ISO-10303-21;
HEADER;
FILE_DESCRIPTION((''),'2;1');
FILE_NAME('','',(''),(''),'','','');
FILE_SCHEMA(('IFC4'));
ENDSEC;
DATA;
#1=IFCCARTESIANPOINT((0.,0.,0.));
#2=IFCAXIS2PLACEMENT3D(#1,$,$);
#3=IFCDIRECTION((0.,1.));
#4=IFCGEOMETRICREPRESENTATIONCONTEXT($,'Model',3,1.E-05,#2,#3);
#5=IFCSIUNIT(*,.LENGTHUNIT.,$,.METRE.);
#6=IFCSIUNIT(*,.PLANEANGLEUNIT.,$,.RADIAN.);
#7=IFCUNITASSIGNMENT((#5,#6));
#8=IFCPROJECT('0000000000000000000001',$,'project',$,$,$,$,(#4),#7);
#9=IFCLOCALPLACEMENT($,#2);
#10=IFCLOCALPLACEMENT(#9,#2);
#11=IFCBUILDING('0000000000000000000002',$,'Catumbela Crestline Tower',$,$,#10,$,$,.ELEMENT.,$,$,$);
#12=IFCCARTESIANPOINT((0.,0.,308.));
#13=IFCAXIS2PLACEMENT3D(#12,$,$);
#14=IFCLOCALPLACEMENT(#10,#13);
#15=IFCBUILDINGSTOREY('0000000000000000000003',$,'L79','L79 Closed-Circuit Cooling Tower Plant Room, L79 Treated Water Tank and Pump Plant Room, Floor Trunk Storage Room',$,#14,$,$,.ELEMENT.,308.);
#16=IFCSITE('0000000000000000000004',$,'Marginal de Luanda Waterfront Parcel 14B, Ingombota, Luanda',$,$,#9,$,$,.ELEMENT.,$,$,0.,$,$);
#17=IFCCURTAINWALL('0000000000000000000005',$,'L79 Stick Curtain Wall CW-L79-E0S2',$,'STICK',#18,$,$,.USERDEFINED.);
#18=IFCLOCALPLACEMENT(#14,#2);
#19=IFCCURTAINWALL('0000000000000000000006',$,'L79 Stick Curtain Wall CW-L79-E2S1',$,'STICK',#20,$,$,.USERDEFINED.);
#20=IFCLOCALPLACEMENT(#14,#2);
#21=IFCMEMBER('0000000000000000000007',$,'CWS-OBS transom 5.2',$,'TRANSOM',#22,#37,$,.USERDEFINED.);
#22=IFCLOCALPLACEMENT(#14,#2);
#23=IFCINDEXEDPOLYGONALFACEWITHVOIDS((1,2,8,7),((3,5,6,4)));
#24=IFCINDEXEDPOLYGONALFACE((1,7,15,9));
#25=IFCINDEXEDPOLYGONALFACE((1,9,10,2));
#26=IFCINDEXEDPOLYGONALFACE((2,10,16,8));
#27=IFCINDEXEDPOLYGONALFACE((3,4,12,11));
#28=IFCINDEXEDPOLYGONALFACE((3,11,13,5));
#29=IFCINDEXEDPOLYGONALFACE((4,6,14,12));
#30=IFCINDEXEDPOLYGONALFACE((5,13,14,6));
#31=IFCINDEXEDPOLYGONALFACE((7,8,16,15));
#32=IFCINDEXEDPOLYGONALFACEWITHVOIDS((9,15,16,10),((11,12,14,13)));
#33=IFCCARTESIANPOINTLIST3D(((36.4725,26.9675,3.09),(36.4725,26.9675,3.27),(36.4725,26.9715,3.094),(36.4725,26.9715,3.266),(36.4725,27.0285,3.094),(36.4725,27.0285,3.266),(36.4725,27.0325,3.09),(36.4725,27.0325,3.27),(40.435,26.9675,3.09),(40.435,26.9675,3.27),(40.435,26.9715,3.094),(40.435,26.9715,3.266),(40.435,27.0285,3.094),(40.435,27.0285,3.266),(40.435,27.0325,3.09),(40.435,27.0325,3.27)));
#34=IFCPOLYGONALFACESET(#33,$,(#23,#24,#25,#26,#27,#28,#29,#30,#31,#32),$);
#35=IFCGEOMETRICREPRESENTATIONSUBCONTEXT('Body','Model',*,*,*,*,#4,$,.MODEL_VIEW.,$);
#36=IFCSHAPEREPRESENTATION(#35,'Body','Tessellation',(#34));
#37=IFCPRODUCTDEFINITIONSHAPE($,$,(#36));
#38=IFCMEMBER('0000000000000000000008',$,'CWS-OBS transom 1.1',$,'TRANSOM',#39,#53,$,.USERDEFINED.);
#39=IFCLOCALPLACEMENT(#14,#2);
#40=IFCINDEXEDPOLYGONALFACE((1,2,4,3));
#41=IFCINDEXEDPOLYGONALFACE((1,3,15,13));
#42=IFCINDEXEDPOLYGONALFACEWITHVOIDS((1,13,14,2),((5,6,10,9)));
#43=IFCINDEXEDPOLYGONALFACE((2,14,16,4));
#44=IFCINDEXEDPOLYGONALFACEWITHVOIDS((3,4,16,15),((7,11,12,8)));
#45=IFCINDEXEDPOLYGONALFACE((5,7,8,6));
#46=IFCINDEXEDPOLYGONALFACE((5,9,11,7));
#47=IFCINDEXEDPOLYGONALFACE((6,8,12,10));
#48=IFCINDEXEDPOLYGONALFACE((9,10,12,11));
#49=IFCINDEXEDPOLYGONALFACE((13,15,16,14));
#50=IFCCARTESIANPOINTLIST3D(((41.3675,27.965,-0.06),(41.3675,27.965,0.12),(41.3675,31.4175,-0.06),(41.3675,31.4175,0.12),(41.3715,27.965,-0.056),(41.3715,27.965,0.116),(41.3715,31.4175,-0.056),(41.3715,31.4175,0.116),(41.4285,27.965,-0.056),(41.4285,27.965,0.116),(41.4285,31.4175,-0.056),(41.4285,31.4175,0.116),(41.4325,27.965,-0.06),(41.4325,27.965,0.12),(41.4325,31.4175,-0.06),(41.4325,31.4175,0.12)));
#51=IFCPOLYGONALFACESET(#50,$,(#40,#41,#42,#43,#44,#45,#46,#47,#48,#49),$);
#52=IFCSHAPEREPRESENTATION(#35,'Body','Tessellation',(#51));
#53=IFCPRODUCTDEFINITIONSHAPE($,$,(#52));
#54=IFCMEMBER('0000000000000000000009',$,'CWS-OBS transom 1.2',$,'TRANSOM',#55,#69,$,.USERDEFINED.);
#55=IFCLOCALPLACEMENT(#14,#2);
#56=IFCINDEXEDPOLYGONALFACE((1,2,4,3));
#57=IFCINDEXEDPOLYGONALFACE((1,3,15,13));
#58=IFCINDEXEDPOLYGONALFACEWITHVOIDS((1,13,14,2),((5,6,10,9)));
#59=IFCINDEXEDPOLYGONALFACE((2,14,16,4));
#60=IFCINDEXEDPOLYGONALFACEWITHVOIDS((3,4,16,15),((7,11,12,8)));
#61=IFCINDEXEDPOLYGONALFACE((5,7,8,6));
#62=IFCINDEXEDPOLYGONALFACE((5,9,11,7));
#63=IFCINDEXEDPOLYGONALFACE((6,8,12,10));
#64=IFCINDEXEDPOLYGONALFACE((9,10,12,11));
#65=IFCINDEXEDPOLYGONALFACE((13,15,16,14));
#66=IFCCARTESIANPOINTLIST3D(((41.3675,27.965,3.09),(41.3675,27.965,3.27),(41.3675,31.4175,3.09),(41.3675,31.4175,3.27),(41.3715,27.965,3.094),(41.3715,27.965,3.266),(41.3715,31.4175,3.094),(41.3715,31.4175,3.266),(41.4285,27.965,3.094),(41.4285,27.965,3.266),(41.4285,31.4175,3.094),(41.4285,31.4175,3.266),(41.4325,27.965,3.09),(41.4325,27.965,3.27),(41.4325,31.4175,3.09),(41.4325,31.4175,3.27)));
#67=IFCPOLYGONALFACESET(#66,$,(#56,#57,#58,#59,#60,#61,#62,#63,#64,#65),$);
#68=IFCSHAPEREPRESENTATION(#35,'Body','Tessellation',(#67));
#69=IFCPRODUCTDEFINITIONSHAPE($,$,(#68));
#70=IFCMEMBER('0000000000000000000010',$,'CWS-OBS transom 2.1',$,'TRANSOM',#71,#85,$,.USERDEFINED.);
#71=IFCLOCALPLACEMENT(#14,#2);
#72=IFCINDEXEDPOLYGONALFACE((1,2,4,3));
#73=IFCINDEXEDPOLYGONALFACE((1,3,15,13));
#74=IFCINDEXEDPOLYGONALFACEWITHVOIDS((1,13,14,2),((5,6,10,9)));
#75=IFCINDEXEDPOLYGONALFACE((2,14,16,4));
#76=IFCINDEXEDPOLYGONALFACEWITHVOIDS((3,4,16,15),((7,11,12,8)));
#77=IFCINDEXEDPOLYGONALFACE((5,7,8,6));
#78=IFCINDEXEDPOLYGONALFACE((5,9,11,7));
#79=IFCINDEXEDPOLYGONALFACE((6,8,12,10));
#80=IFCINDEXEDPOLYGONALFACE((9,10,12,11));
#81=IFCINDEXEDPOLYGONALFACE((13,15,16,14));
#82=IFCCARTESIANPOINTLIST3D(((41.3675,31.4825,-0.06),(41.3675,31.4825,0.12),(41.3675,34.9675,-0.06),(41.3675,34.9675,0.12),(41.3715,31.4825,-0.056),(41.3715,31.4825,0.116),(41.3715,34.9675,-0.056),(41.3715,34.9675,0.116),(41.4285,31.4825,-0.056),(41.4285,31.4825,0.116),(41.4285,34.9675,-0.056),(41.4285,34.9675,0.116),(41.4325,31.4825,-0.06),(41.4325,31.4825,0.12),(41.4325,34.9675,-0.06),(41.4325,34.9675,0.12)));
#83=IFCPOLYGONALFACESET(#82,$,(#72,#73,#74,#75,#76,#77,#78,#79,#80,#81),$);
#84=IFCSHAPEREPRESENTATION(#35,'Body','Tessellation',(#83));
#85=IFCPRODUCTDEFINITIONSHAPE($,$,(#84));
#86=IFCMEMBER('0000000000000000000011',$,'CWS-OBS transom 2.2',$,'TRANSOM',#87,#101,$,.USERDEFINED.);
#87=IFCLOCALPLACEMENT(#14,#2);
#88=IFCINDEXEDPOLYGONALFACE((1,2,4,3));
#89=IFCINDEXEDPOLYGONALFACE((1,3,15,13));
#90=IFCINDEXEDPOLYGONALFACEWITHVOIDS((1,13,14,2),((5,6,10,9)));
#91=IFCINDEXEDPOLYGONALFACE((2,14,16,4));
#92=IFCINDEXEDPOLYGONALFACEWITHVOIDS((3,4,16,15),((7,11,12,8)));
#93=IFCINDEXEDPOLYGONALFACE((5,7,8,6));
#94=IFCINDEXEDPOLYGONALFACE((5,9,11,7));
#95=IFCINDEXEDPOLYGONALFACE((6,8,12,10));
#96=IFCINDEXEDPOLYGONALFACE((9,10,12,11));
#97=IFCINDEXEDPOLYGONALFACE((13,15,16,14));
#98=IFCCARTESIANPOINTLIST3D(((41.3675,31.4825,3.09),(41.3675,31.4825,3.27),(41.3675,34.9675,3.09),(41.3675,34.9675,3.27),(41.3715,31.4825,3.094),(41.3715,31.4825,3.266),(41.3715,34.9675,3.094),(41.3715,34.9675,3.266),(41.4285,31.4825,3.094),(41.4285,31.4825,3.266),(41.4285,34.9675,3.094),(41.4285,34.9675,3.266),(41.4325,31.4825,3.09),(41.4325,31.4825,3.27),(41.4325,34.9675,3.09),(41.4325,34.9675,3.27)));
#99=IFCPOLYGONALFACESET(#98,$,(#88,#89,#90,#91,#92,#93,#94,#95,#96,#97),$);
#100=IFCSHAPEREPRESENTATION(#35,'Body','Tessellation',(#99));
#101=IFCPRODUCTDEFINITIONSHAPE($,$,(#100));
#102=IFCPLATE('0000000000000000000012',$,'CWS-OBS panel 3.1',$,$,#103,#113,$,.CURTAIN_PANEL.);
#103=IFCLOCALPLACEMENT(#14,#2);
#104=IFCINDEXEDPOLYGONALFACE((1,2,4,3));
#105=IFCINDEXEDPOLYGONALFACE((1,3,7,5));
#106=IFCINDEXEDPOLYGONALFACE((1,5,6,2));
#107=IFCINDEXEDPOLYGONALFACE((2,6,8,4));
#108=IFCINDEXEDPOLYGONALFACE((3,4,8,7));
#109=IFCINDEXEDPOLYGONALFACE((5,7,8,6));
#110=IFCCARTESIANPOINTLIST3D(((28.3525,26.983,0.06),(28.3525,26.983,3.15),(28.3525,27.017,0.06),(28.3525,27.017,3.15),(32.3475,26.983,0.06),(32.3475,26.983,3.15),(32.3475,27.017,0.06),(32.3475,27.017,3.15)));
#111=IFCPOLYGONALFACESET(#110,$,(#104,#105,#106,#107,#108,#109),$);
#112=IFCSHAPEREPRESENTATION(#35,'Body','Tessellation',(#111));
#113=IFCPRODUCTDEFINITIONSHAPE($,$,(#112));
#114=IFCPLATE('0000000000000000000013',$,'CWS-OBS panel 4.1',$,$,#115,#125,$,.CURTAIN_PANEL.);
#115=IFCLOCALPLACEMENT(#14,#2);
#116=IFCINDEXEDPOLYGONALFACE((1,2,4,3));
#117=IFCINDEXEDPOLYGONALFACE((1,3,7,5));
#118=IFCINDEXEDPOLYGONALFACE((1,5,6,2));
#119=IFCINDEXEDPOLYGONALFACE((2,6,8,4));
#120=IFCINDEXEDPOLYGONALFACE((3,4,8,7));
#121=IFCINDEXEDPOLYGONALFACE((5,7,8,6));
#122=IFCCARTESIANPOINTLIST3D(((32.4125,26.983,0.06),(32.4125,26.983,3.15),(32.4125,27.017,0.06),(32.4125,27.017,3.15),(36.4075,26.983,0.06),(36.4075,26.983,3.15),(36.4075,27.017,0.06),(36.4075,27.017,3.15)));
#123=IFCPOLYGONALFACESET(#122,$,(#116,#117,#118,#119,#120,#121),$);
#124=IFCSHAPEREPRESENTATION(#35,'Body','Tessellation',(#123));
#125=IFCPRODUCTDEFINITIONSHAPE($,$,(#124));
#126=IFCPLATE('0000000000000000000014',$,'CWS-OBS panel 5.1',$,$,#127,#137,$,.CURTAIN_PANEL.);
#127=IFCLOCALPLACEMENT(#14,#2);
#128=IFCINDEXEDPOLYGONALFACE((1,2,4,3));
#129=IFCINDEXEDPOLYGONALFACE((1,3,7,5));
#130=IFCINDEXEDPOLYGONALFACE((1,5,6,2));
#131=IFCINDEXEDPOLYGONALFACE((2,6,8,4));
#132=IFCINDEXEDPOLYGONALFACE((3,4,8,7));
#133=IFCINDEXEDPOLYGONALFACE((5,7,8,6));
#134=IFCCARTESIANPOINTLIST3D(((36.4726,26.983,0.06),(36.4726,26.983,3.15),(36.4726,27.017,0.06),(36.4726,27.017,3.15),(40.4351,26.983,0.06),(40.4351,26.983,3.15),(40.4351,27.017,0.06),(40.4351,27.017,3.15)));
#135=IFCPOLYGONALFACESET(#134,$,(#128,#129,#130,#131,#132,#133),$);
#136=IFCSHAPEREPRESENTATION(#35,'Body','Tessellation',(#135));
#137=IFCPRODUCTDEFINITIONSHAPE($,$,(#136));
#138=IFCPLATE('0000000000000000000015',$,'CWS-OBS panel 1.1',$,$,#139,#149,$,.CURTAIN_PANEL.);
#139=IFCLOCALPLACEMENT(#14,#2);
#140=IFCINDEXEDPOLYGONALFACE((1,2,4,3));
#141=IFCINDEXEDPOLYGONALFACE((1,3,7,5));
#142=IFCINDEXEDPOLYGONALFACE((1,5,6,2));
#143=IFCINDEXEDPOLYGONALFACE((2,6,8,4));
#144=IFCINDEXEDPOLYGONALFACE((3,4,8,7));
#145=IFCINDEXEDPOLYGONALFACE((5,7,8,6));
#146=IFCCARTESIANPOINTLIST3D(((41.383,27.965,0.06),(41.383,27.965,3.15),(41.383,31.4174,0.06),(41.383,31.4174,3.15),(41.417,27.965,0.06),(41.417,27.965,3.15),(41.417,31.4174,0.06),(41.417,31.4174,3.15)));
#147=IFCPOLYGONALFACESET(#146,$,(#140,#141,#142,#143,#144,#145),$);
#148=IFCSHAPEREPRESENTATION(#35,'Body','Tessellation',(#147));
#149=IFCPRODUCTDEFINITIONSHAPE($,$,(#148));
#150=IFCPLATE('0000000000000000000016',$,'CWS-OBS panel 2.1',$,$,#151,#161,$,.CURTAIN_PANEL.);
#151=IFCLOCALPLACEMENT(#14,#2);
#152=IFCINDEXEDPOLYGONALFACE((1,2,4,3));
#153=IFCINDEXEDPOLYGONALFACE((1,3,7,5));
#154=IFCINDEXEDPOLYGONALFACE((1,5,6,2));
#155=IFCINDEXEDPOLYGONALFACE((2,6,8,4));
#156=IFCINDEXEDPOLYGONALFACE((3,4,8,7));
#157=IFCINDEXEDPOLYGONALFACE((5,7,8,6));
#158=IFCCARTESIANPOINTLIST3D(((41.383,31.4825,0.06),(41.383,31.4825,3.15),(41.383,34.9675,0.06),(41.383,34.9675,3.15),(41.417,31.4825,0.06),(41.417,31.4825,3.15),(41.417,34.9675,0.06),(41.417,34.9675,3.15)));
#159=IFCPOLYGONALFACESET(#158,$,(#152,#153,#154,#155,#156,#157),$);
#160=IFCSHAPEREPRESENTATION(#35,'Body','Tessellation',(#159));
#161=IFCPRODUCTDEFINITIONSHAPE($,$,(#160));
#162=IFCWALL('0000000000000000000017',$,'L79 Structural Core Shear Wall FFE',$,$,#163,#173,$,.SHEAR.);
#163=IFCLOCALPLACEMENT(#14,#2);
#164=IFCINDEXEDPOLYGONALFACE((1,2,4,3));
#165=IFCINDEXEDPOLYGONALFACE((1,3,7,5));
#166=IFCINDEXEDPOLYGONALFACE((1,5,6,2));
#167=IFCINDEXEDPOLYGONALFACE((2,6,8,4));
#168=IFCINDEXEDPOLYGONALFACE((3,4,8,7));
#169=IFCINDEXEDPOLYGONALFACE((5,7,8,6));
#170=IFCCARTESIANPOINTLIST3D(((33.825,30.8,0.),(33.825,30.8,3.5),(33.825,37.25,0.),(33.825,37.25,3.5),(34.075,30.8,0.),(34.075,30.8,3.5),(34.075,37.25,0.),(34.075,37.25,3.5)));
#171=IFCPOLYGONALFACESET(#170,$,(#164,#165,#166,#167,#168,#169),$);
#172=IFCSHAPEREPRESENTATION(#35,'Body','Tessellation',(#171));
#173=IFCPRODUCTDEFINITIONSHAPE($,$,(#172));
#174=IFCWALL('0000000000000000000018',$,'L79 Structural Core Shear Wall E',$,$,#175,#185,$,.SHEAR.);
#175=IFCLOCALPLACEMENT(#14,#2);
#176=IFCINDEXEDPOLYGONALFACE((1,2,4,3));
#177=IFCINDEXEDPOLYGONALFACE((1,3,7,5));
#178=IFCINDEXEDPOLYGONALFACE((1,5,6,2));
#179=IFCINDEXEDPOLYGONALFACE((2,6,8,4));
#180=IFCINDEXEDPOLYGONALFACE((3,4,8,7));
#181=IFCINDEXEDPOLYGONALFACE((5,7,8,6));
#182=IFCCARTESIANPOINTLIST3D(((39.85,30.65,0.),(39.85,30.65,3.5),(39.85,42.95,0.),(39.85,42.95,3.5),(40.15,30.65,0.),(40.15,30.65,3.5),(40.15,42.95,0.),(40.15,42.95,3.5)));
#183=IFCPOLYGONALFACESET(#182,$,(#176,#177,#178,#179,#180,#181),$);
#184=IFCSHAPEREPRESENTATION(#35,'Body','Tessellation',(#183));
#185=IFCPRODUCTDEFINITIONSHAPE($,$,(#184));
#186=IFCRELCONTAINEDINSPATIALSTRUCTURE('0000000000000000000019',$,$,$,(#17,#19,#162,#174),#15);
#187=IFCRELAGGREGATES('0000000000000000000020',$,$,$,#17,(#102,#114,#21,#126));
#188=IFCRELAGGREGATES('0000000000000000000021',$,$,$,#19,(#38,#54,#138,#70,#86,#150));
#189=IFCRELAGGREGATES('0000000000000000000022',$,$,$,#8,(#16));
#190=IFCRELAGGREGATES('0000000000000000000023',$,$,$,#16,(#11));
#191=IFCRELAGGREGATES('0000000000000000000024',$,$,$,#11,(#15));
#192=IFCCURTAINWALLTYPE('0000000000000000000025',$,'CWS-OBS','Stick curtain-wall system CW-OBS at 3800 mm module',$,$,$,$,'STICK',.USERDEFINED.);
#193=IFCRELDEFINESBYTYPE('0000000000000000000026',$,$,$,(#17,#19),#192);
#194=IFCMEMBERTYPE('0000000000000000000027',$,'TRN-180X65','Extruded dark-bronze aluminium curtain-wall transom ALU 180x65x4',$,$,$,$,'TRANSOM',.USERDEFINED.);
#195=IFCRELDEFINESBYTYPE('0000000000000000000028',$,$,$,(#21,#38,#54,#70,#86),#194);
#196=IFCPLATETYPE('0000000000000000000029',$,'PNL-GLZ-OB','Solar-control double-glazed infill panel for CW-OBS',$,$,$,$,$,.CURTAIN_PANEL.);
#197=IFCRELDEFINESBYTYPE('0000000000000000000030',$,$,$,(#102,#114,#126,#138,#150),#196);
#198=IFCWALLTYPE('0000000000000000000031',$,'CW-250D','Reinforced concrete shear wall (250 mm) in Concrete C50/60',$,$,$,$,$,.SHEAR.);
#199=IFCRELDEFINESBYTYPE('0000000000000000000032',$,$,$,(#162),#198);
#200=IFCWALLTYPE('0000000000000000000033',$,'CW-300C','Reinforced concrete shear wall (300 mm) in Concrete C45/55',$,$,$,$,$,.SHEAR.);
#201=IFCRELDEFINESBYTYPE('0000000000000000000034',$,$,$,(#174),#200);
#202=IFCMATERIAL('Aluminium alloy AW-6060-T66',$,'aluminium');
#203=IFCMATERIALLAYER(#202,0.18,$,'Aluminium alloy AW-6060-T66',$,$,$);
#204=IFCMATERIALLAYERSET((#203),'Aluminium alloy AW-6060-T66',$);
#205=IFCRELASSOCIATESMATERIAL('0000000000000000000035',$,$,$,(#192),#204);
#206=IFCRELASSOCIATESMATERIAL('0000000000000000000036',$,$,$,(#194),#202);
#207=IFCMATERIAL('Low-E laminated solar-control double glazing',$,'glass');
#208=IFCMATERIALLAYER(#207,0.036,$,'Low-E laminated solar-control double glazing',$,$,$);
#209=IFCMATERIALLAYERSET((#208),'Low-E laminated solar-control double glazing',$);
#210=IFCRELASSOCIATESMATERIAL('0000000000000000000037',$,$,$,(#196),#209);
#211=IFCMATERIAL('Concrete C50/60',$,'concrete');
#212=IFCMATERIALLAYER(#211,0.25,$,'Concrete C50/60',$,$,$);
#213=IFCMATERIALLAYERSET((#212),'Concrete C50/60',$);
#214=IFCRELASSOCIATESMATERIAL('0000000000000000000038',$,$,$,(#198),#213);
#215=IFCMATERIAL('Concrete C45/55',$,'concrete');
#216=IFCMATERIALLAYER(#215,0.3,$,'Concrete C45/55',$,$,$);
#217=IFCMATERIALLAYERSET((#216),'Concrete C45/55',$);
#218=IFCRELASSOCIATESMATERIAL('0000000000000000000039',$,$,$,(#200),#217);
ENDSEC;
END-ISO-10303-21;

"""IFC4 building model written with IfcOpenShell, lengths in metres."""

from ifc_helpers import new_model, si_unit, direction, frame, frame_2d, origin, origin_2d, place, context, subcontext, project, spatial, rectangle, hollow_rectangle, extrude, material, layer, layer_set, material_profile, profile_set, type_object, element, aggregate, save


model = new_model("IFC4")

# Units and contexts
model_context = context("Model", 3, precision=1e-05, world=origin(), true_north=direction((0.0, 1.0)))
body_context = subcontext(model_context, "Body", "Model", "MODEL_VIEW")
ifc_project = project(units=[si_unit("LENGTHUNIT", "METRE"), si_unit("PLANEANGLEUNIT", "RADIAN")], contexts=[model_context])

# Site, building, storey
site_placement = place(None, origin())
site = spatial("IfcSite", under=ifc_project, at=site_placement, Name="Marginal de Luanda Waterfront Parcel 14B, Ingombota, Luanda", CompositionType="ELEMENT", RefElevation=0.0)
building_placement = place(site_placement, origin())
building = spatial("IfcBuilding", under=site, at=building_placement, Name="Catumbela Crestline Tower", CompositionType="ELEMENT")
storey_placement = place(building_placement, frame((0.0, 0.0, 308.0)))
storey = spatial("IfcBuildingStorey", under=building, at=storey_placement, Name="L79", Description="L79 Closed-Circuit Cooling Tower Plant Room, L79 Treated Water Tank and Pump Plant Room, Floor Trunk Storage Room", CompositionType="ELEMENT", Elevation=308.0)

# Curtain walls
ifc_material_1 = material(Name="Aluminium alloy AW-6060-T66", Category="aluminium")
ifc_layer_1 = layer(ifc_material_1, 0.18, Name="Aluminium alloy AW-6060-T66")
ifc_layer_set_1 = layer_set([ifc_layer_1], Name="Aluminium alloy AW-6060-T66")
curtain_wall_type = type_object("IfcCurtainWallType", Name="CWS-OBS", Description="Stick curtain-wall system CW-OBS at 3800 mm module", ElementType="STICK", PredefinedType="USERDEFINED", material=ifc_layer_set_1)
curtain_wall_1_placement = place(storey_placement, origin())
curtain_wall_1 = element("IfcCurtainWall", 1, at=curtain_wall_1_placement, inside=storey, type_object=curtain_wall_type, Name="L79 Stick Curtain Wall CW-L79-E0S2", ObjectType="STICK", PredefinedType="USERDEFINED")
curtain_wall_2_placement = place(storey_placement, origin())
curtain_wall_2 = element("IfcCurtainWall", 2, at=curtain_wall_2_placement, inside=storey, type_object=curtain_wall_type, Name="L79 Stick Curtain Wall CW-L79-E2S1", ObjectType="STICK", PredefinedType="USERDEFINED")

# Members
ifc_material_profile_1 = material_profile(ifc_material_1, hollow_rectangle(XDim=0.065, YDim=0.18, WallThickness=0.004, at=origin_2d()), Name="ALU 180x65x4")
ifc_profile_set_1 = profile_set([ifc_material_profile_1], Name="Aluminium alloy AW-6060-T66")
member_type_1 = type_object("IfcMemberType", Name="TRN-180X65", Description="Extruded dark-bronze aluminium curtain-wall transom ALU 180x65x4", ElementType="TRANSOM", PredefinedType="USERDEFINED", material=ifc_profile_set_1)
member_1_placement = place(storey_placement, frame((36.4725, 27.0, 3.18), z_axis=(1.0, 0.0, 0.0), x_axis=(0.0, 1.0, 0.0)))
member_1 = element("IfcMember", 3, at=member_1_placement, type_object=member_type_1, Name="CWS-OBS transom 5.2", ObjectType="TRANSOM", PredefinedType="USERDEFINED", context=body_context, shape_type="SweptSolid", body=[
    extrude(hollow_rectangle(XDim=0.065, YDim=0.18, WallThickness=0.004, at=origin_2d()), origin(), (0.0, 0.0, 1.0), 3.9625),
])
member_2_placement = place(storey_placement, frame((41.4, 27.965, 0.03), z_axis=(0.0, 1.0, 0.0), x_axis=(-1.0, 0.0, 0.0)))
member_2 = element("IfcMember", 4, at=member_2_placement, type_object=member_type_1, Name="CWS-OBS transom 1.1", ObjectType="TRANSOM", PredefinedType="USERDEFINED", context=body_context, shape_type="SweptSolid", body=[
    extrude(hollow_rectangle(XDim=0.065, YDim=0.18, WallThickness=0.004, at=origin_2d()), origin(), (0.0, 0.0, 1.0), 3.4525),
])
member_3_placement = place(storey_placement, frame((41.4, 27.965, 3.18), z_axis=(0.0, 1.0, 0.0), x_axis=(-1.0, 0.0, 0.0)))
member_3 = element("IfcMember", 5, at=member_3_placement, type_object=member_type_1, Name="CWS-OBS transom 1.2", ObjectType="TRANSOM", PredefinedType="USERDEFINED", context=body_context, shape_type="SweptSolid", body=[
    extrude(hollow_rectangle(XDim=0.065, YDim=0.18, WallThickness=0.004, at=origin_2d()), origin(), (0.0, 0.0, 1.0), 3.4525),
])
member_4_placement = place(storey_placement, frame((41.4, 31.4825, 0.03), z_axis=(0.0, 1.0, 0.0), x_axis=(-1.0, 0.0, 0.0)))
member_4 = element("IfcMember", 6, at=member_4_placement, type_object=member_type_1, Name="CWS-OBS transom 2.1", ObjectType="TRANSOM", PredefinedType="USERDEFINED", context=body_context, shape_type="SweptSolid", body=[
    extrude(hollow_rectangle(XDim=0.065, YDim=0.18, WallThickness=0.004, at=origin_2d()), origin(), (0.0, 0.0, 1.0), 3.485),
])
member_5_placement = place(storey_placement, frame((41.4, 31.4825, 3.18), z_axis=(0.0, 1.0, 0.0), x_axis=(-1.0, 0.0, 0.0)))
member_5 = element("IfcMember", 7, at=member_5_placement, type_object=member_type_1, Name="CWS-OBS transom 2.2", ObjectType="TRANSOM", PredefinedType="USERDEFINED", context=body_context, shape_type="SweptSolid", body=[
    extrude(hollow_rectangle(XDim=0.065, YDim=0.18, WallThickness=0.004, at=origin_2d()), origin(), (0.0, 0.0, 1.0), 3.485),
])

# Plates
ifc_material_2 = material(Name="Low-E laminated solar-control double glazing", Category="glass")
ifc_layer_2 = layer(ifc_material_2, 0.036, Name="Low-E laminated solar-control double glazing")
ifc_layer_set_2 = layer_set([ifc_layer_2], Name="Low-E laminated solar-control double glazing")
plate_type = type_object("IfcPlateType", Name="PNL-GLZ-OB", Description="Solar-control double-glazed infill panel for CW-OBS", PredefinedType="CURTAIN_PANEL", material=ifc_layer_set_2)
plate_1_placement = place(storey_placement, frame((30.35, 27.0, 0.06), z_axis=(0.0, 0.0, 1.0), x_axis=(1.0, 0.0, 0.0)))
plate_1 = element("IfcPlate", 8, at=plate_1_placement, type_object=plate_type, Name="CWS-OBS panel 3.1", PredefinedType="CURTAIN_PANEL", context=body_context, shape_type="SweptSolid", body=[
    extrude(rectangle(XDim=3.995, YDim=0.034, at=origin_2d()), origin(), (0.0, 0.0, 1.0), 3.09),
])
plate_2_placement = place(storey_placement, frame((34.41, 27.0, 0.06), z_axis=(0.0, 0.0, 1.0), x_axis=(1.0, 0.0, 0.0)))
plate_2 = element("IfcPlate", 9, at=plate_2_placement, type_object=plate_type, Name="CWS-OBS panel 4.1", PredefinedType="CURTAIN_PANEL", context=body_context, shape_type="SweptSolid", body=[
    extrude(rectangle(XDim=3.995, YDim=0.034, at=origin_2d()), origin(), (0.0, 0.0, 1.0), 3.09),
])
plate_3_placement = place(storey_placement, frame((38.4538, 27.0, 0.06), z_axis=(0.0, 0.0, 1.0), x_axis=(1.0, 0.0, 0.0)))
plate_3 = element("IfcPlate", 10, at=plate_3_placement, type_object=plate_type, Name="CWS-OBS panel 5.1", PredefinedType="CURTAIN_PANEL", context=body_context, shape_type="SweptSolid", body=[
    extrude(rectangle(XDim=3.9625, YDim=0.034, at=origin_2d()), origin(), (0.0, 0.0, 1.0), 3.09),
])
aggregate(curtain_wall_1, [plate_1, plate_2, member_1, plate_3])
plate_4_placement = place(storey_placement, frame((41.4, 29.6912, 0.06), z_axis=(0.0, 0.0, 1.0), x_axis=(0.0, 1.0, 0.0)))
plate_4 = element("IfcPlate", 11, at=plate_4_placement, type_object=plate_type, Name="CWS-OBS panel 1.1", PredefinedType="CURTAIN_PANEL", context=body_context, shape_type="SweptSolid", body=[
    extrude(rectangle(XDim=3.4525, YDim=0.034, at=origin_2d()), origin(), (0.0, 0.0, 1.0), 3.09),
])
plate_5_placement = place(storey_placement, frame((41.4, 33.225, 0.06), z_axis=(0.0, 0.0, 1.0), x_axis=(0.0, 1.0, 0.0)))
plate_5 = element("IfcPlate", 12, at=plate_5_placement, type_object=plate_type, Name="CWS-OBS panel 2.1", PredefinedType="CURTAIN_PANEL", context=body_context, shape_type="SweptSolid", body=[
    extrude(rectangle(XDim=3.485, YDim=0.034, at=origin_2d()), origin(), (0.0, 0.0, 1.0), 3.09),
])
aggregate(curtain_wall_2, [member_2, member_3, plate_4, member_4, member_5, plate_5])

# Walls
ifc_material_3 = material(Name="Concrete C50/60", Category="concrete")
ifc_layer_3 = layer(ifc_material_3, 0.25, Name="Concrete C50/60")
ifc_layer_set_3 = layer_set([ifc_layer_3], Name="Concrete C50/60")
wall_type_1 = type_object("IfcWallType", Name="CW-250D", Description="Reinforced concrete shear wall (250 mm) in Concrete C50/60", PredefinedType="SHEAR", material=ifc_layer_set_3)
wall_1_placement = place(storey_placement, frame((33.95, 30.8, 0.0), z_axis=(0.0, 0.0, 1.0), x_axis=(0.0, 1.0, 0.0)))
element("IfcWall", 13, at=wall_1_placement, inside=storey, type_object=wall_type_1, Name="L79 Structural Core Shear Wall FFE", PredefinedType="SHEAR", context=body_context, shape_type="SweptSolid", body=[
    extrude(rectangle(XDim=6.45, YDim=0.25, at=frame_2d((3.225, 0.0))), origin(), (0.0, 0.0, 1.0), 3.5),
])
ifc_material_4 = material(Name="Concrete C45/55", Category="concrete")
ifc_layer_4 = layer(ifc_material_4, 0.3, Name="Concrete C45/55")
ifc_layer_set_4 = layer_set([ifc_layer_4], Name="Concrete C45/55")
wall_type_2 = type_object("IfcWallType", Name="CW-300C", Description="Reinforced concrete shear wall (300 mm) in Concrete C45/55", PredefinedType="SHEAR", material=ifc_layer_set_4)
wall_2_placement = place(storey_placement, frame((40.0, 30.65, 0.0), z_axis=(0.0, 0.0, 1.0), x_axis=(0.0, 1.0, 0.0)))
element("IfcWall", 14, at=wall_2_placement, inside=storey, type_object=wall_type_2, Name="L79 Structural Core Shear Wall E", PredefinedType="SHEAR", context=body_context, shape_type="SweptSolid", body=[
    extrude(rectangle(XDim=12.3, YDim=0.3, at=frame_2d((6.15, 0.0))), origin(), (0.0, 0.0, 1.0), 3.5),
])

save(model, "model.ifc")
